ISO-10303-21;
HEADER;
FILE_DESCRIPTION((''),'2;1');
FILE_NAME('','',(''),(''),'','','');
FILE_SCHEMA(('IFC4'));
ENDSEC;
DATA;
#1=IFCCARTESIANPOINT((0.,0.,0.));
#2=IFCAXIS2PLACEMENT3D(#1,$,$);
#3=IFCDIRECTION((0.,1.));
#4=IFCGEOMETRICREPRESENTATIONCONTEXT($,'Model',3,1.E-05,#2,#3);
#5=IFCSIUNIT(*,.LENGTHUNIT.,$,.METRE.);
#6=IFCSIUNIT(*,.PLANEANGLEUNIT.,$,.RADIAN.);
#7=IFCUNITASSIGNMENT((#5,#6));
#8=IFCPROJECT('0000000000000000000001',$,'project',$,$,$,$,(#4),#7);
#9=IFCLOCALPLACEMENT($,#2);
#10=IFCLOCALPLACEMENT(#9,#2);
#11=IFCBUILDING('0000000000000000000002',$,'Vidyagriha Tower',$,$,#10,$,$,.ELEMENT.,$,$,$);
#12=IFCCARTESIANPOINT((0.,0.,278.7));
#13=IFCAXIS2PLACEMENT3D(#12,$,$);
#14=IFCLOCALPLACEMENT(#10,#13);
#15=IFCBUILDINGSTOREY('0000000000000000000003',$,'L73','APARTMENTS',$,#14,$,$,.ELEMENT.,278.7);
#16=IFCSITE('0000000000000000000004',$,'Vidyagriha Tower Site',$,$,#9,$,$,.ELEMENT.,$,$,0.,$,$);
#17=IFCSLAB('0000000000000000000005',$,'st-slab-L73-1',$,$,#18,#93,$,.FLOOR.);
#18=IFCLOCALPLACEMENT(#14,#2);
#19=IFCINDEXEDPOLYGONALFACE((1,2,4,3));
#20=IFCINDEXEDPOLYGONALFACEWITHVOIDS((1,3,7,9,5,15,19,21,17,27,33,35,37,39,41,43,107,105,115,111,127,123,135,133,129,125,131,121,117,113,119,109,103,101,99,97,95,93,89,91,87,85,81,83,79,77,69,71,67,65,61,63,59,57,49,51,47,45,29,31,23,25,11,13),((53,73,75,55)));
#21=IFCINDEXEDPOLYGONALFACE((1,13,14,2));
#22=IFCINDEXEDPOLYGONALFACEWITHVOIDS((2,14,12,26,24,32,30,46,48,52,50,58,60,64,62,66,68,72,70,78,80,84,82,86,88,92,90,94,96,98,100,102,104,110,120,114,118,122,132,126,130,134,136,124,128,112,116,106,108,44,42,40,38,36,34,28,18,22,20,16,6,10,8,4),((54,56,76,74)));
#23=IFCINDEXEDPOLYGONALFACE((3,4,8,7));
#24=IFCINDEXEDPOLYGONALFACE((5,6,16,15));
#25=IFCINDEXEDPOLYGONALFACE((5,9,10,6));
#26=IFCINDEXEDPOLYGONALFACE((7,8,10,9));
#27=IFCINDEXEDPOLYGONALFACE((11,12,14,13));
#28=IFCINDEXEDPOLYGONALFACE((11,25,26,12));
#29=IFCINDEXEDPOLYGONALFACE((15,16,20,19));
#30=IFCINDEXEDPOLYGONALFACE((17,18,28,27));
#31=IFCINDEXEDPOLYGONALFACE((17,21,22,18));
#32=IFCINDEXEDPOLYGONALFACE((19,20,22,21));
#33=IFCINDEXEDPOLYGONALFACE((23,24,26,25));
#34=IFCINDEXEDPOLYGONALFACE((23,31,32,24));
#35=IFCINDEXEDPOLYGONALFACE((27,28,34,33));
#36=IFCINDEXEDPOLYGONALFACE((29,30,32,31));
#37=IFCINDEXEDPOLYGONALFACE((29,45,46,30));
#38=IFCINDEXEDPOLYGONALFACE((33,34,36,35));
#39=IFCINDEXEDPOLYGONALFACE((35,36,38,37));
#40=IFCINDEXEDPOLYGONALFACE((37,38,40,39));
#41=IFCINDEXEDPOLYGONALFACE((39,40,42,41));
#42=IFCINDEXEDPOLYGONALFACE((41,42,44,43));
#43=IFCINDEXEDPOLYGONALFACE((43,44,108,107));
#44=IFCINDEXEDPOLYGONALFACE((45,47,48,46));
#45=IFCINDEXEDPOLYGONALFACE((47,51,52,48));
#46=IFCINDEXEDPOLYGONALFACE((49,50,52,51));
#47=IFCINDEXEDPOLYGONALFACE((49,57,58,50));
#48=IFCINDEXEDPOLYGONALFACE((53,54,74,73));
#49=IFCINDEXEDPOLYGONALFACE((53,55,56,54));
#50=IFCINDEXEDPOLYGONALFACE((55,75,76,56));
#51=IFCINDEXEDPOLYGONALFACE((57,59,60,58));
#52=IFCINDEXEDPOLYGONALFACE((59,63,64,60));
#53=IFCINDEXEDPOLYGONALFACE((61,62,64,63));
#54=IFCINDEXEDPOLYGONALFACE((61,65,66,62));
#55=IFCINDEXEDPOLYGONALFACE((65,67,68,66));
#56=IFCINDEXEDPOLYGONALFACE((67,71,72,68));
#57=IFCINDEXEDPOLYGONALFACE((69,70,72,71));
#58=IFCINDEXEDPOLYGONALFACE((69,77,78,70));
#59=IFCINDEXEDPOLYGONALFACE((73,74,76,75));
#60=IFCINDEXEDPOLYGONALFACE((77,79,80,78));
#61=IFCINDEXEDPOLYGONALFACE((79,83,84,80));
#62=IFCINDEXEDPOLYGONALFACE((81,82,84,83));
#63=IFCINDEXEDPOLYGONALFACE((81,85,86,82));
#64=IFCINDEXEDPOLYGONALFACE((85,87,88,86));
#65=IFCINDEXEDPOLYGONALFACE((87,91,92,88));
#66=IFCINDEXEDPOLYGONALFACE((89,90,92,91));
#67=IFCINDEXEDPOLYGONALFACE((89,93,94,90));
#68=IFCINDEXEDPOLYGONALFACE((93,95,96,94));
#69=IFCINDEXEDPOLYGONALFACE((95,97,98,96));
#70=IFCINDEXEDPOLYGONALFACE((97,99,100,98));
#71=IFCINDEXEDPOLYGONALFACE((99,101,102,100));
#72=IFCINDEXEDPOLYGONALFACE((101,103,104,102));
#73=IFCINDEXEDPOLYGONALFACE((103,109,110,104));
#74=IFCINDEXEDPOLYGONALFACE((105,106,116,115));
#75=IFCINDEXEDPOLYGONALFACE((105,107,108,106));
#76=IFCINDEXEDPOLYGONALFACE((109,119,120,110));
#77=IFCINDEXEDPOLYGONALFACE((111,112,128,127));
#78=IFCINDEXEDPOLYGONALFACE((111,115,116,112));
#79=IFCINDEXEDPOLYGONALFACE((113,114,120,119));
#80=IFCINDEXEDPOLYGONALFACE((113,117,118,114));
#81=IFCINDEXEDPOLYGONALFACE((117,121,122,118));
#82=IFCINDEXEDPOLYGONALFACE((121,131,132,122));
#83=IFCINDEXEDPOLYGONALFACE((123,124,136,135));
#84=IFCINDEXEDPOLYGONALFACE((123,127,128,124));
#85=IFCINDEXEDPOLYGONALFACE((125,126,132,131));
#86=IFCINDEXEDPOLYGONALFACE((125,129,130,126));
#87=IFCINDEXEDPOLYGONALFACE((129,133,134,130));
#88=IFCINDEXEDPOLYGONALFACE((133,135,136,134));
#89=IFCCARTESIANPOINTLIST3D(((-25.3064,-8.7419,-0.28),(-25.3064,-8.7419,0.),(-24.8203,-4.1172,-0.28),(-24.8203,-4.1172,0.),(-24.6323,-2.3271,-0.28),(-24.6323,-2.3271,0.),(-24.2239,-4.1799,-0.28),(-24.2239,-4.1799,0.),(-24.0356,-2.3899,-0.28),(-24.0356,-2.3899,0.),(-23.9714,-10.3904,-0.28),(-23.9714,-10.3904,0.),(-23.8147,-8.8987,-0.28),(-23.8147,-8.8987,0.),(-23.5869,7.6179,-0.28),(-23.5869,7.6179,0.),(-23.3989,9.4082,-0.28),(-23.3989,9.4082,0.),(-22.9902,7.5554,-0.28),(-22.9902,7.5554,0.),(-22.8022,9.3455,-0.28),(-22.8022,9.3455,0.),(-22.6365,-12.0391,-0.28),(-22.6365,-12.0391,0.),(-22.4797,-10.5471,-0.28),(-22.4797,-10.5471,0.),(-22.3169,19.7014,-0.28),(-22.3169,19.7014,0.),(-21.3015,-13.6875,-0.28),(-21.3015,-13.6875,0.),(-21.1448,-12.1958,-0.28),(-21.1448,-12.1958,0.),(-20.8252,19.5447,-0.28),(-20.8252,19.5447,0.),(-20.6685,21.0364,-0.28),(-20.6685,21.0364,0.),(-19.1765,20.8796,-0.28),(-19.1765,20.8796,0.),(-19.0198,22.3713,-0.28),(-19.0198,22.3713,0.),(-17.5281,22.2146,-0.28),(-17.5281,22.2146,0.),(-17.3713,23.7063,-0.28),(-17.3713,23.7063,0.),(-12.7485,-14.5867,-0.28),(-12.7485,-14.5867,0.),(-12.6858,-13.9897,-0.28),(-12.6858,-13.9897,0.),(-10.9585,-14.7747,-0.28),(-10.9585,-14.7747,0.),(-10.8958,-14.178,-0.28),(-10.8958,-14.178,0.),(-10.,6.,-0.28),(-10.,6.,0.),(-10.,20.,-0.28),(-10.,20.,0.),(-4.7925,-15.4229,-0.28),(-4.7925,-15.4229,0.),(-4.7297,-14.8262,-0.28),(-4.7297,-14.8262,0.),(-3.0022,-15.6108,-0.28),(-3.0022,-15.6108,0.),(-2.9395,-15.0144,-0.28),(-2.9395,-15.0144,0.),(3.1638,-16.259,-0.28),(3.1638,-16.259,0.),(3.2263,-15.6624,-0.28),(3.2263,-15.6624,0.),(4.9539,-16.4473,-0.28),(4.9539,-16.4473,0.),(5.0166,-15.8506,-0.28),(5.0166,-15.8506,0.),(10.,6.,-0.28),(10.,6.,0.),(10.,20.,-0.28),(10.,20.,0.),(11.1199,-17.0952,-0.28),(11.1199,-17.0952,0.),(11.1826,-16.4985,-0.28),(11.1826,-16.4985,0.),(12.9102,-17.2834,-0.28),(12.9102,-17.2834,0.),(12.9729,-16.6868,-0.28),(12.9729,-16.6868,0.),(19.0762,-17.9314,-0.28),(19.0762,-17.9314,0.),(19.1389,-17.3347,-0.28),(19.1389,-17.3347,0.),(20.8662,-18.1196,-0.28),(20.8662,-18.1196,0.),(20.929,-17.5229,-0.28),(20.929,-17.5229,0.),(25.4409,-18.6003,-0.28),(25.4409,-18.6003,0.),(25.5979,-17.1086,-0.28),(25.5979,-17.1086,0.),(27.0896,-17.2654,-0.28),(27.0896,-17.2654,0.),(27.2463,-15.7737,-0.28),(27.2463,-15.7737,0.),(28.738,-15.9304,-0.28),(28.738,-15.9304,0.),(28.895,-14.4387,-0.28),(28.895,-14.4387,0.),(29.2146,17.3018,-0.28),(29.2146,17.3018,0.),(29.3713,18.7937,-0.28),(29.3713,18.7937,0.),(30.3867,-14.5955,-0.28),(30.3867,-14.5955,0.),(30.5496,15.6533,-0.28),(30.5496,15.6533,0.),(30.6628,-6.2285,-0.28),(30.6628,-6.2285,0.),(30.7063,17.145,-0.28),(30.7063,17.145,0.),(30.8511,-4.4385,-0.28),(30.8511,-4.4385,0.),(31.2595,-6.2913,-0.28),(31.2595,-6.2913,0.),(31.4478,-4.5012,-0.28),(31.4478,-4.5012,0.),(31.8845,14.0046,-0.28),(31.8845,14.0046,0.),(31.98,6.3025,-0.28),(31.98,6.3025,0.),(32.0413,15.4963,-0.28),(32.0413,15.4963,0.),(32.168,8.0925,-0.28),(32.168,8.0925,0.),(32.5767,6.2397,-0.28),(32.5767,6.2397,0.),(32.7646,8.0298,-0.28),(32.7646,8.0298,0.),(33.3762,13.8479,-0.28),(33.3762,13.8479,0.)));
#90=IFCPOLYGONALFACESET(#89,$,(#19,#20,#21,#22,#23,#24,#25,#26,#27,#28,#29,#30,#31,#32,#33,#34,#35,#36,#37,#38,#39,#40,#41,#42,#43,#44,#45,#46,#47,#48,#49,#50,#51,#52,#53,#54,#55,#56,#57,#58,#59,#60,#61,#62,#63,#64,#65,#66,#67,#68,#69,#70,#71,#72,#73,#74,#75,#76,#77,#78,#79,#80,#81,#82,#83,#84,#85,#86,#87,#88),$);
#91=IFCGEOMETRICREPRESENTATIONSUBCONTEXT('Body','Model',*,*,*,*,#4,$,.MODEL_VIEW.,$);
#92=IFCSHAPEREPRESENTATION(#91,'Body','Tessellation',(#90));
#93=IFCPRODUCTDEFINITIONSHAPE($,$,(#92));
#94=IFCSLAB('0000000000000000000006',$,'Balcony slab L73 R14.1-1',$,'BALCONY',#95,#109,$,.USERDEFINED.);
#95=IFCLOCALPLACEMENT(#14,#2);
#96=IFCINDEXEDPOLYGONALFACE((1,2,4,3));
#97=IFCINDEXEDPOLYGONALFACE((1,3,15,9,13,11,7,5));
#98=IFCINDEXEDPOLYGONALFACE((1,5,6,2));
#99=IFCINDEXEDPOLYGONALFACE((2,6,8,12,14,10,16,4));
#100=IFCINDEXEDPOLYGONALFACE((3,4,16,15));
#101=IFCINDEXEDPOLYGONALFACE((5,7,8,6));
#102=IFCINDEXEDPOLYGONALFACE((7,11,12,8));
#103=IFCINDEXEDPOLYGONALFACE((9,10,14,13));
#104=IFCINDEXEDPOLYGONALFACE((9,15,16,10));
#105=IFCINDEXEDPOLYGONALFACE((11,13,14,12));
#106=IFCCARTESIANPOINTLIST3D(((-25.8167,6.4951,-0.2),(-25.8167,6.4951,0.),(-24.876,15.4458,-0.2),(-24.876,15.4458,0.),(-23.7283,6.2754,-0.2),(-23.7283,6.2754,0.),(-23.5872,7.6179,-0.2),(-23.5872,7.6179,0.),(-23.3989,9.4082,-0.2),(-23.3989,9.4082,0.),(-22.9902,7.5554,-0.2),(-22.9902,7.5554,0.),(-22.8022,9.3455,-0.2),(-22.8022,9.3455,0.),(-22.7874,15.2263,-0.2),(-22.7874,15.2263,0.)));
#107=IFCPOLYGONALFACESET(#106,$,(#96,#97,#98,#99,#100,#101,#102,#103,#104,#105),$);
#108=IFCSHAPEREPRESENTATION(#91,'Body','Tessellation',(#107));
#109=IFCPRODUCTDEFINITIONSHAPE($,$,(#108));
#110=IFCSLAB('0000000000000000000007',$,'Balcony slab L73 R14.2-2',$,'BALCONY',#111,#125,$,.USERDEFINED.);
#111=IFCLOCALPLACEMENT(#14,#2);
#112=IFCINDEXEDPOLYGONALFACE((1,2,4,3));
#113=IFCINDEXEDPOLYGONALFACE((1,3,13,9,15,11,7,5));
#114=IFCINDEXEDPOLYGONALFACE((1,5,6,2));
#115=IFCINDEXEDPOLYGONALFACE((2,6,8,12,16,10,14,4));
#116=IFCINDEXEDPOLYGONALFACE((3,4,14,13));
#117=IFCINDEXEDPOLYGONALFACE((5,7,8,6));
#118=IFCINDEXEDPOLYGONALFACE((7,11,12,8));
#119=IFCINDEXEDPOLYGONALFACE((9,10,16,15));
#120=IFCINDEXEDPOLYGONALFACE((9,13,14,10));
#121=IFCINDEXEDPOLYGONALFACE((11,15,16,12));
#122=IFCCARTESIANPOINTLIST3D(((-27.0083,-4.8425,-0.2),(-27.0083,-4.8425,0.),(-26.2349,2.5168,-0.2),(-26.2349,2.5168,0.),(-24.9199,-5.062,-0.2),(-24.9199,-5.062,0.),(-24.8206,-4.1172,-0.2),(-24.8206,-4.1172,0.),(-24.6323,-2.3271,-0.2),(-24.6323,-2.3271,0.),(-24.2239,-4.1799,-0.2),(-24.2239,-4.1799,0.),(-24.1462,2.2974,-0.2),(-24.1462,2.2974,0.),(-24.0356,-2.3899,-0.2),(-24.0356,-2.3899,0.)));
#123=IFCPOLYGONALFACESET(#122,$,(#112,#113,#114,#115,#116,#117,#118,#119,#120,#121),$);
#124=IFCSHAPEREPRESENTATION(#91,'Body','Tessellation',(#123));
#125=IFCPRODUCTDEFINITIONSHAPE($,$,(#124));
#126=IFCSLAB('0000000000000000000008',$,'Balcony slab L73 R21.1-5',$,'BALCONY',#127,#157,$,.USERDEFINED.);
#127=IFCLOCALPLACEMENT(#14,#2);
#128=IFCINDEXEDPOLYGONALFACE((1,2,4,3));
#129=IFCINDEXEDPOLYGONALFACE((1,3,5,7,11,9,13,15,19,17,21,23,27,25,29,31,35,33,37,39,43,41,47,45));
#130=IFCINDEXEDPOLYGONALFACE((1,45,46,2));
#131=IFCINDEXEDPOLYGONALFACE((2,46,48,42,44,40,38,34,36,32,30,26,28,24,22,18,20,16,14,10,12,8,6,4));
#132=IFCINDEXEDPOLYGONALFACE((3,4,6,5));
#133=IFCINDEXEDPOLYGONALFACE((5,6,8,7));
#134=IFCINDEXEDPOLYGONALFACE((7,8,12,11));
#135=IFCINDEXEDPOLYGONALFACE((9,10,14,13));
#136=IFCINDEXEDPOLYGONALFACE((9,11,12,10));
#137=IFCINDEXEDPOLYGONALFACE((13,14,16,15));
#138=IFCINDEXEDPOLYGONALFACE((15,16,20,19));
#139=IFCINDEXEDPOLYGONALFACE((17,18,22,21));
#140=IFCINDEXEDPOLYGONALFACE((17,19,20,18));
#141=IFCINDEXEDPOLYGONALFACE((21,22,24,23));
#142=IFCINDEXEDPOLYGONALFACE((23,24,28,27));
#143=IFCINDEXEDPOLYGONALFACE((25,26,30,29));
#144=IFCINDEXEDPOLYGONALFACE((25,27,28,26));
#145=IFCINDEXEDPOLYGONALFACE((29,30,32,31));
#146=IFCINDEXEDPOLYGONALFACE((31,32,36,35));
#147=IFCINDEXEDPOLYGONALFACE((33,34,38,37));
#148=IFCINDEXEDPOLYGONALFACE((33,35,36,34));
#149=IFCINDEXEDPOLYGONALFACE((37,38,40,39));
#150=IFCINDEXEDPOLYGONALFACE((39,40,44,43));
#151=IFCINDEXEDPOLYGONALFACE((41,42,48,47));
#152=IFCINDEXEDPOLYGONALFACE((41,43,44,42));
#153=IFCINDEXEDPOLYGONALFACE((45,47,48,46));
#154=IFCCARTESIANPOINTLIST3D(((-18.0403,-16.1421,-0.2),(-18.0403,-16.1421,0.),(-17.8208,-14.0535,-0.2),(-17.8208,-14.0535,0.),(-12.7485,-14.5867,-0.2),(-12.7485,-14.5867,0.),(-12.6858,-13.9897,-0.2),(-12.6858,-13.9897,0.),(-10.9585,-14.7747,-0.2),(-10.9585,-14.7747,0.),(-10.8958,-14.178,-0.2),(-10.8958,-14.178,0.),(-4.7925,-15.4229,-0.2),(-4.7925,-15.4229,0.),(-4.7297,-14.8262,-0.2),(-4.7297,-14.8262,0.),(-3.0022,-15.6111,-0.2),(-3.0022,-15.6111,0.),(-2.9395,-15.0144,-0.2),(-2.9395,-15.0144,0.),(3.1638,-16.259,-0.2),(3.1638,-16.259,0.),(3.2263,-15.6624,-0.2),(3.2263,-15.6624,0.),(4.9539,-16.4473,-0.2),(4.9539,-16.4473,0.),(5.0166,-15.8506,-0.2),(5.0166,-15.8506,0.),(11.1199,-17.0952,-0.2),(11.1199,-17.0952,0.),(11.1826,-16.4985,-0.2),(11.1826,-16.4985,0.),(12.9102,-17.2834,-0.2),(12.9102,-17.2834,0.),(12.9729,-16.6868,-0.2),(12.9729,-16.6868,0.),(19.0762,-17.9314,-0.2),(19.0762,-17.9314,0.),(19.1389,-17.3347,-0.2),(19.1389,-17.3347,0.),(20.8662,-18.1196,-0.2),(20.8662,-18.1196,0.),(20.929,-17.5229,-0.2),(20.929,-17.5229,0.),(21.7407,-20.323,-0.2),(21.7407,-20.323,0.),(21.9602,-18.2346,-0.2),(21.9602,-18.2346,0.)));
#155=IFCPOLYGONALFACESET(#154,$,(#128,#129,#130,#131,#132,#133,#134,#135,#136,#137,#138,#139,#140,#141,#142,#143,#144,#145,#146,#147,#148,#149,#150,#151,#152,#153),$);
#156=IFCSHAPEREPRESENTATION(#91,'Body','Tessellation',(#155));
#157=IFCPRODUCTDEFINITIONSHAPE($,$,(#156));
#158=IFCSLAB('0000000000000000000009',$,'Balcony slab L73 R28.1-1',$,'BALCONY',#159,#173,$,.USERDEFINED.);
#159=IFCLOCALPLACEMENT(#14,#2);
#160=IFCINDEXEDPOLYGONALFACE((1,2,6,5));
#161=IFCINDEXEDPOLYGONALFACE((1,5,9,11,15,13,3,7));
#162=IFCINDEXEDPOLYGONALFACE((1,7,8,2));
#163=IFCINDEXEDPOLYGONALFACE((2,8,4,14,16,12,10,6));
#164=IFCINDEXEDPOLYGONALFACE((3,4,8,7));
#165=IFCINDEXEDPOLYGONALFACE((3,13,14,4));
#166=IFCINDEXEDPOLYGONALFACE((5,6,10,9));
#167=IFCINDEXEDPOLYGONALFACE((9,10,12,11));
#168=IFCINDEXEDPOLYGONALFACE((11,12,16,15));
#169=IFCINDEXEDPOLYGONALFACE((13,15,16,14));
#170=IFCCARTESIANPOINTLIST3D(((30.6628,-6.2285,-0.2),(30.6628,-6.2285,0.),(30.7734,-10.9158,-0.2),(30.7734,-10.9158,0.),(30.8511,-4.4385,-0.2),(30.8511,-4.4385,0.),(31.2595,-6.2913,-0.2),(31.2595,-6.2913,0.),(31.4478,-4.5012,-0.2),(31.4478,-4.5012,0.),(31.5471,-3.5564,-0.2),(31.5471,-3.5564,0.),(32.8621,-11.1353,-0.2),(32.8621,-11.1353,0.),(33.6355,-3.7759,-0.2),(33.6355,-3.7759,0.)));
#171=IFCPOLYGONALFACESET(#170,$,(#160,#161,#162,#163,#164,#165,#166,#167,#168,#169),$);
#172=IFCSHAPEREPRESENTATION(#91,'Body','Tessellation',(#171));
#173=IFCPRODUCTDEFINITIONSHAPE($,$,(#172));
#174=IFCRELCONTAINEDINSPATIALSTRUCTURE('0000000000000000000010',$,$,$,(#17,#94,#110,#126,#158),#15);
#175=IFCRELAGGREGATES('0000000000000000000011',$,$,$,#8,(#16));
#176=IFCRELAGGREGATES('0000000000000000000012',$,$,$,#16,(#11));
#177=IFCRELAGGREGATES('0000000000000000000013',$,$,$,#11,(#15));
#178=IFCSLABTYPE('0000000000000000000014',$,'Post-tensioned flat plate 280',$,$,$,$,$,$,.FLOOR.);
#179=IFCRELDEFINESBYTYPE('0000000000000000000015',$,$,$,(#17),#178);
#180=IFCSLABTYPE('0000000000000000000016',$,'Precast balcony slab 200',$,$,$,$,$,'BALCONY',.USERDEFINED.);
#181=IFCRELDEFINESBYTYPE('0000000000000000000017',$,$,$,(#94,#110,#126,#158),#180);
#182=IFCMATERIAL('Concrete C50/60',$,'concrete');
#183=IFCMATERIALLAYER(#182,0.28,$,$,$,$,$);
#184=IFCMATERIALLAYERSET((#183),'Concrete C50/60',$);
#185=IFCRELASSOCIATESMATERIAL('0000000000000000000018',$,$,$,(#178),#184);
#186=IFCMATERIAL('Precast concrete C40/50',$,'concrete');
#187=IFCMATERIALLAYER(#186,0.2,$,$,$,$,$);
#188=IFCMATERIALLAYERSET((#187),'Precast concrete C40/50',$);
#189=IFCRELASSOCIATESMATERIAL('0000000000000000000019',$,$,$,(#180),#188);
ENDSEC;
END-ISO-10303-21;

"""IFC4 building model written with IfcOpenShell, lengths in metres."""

from ifc_helpers import new_model, si_unit, direction, frame, origin, place, context, subcontext, project, spatial, polyline, outline, extrude, material, layer, layer_set, type_object, element, save


model = new_model("IFC4")

# Units and contexts
model_context = context("Model", 3, precision=1e-05, world=origin(), true_north=direction((0.0, 1.0)))
body_context = subcontext(model_context, "Body", "Model", "MODEL_VIEW")
ifc_project = project(units=[si_unit("LENGTHUNIT", "METRE"), si_unit("PLANEANGLEUNIT", "RADIAN")], contexts=[model_context])

# Site, building, storey
site_placement = place(None, origin())
site = spatial("IfcSite", under=ifc_project, at=site_placement, Name="Vidyagriha Tower Site", CompositionType="ELEMENT", RefElevation=0.0)
building_placement = place(site_placement, origin())
building = spatial("IfcBuilding", under=site, at=building_placement, Name="Vidyagriha Tower", CompositionType="ELEMENT")
storey_placement = place(building_placement, frame((0.0, 0.0, 278.7)))
storey = spatial("IfcBuildingStorey", under=building, at=storey_placement, Name="L73", Description="APARTMENTS", CompositionType="ELEMENT", Elevation=278.7)

# Slabs
ifc_material_1 = material(Name="Concrete C50/60", Category="concrete")
ifc_layer_1 = layer(ifc_material_1, 0.28)
ifc_layer_set_1 = layer_set([ifc_layer_1], Name="Concrete C50/60")
slab_type_1 = type_object("IfcSlabType", Name="Post-tensioned flat plate 280", PredefinedType="FLOOR", material=ifc_layer_set_1)
slab_1_placement = place(storey_placement, frame((0.0, 0.0, -0.28)))
element("IfcSlab", 1, at=slab_1_placement, inside=storey, type_object=slab_type_1, Name="st-slab-L73-1", PredefinedType="FLOOR", context=body_context, shape_type="SweptSolid", body=[
    extrude(outline(polyline([(28.738, -15.9304), (27.2463, -15.7737), (27.0896, -17.2654), (25.5979, -17.1086), (25.4409, -18.6003), (20.8662, -18.1196), (20.929, -17.5229), (19.1389, -17.3347), (19.0762, -17.9314), (12.9102, -17.2834), (12.9729, -16.6868), (11.1826, -16.4985), (11.1199, -17.0952), (4.9539, -16.4473), (5.0166, -15.8506), (3.2263, -15.6624), (3.1638, -16.259), (-3.0022, -15.6108), (-2.9395, -15.0144), (-4.7297, -14.8262), (-4.7925, -15.4229), (-10.9585, -14.7747), (-10.8958, -14.178), (-12.6858, -13.9897), (-12.7485, -14.5867), (-21.3015, -13.6875), (-21.1448, -12.1958), (-22.6365, -12.0391), (-22.4797, -10.5471), (-23.9714, -10.3904), (-23.8147, -8.8987), (-25.3064, -8.7419), (-24.8203, -4.1172), (-24.2239, -4.1799), (-24.0356, -2.3899), (-24.6323, -2.3271), (-23.5869, 7.6179), (-22.9902, 7.5554), (-22.8022, 9.3455), (-23.3989, 9.4082), (-22.3169, 19.7014), (-20.8252, 19.5447), (-20.6685, 21.0364), (-19.1765, 20.8796), (-19.0198, 22.3713), (-17.5281, 22.2146), (-17.3713, 23.7063), (29.3713, 18.7937), (29.2146, 17.3018), (30.7063, 17.145), (30.5496, 15.6533), (32.0413, 15.4963), (31.8845, 14.0046), (33.3762, 13.8479), (32.7646, 8.0298), (32.168, 8.0925), (31.98, 6.3025), (32.5767, 6.2397), (31.4478, -4.5012), (30.8511, -4.4385), (30.6628, -6.2285), (31.2595, -6.2913), (30.3867, -14.5955), (28.895, -14.4387), (28.738, -15.9304)]), holes=[polyline([(-10.0, 20.0), (-10.0, 6.0), (10.0, 6.0), (10.0, 20.0), (-10.0, 20.0)])]), origin(), (0.0, 0.0, 1.0), 0.28),
])
ifc_material_2 = material(Name="Precast concrete C40/50", Category="concrete")
ifc_layer_2 = layer(ifc_material_2, 0.2)
ifc_layer_set_2 = layer_set([ifc_layer_2], Name="Precast concrete C40/50")
slab_type_2 = type_object("IfcSlabType", Name="Precast balcony slab 200", ElementType="BALCONY", PredefinedType="USERDEFINED", material=ifc_layer_set_2)
slab_2_placement = place(storey_placement, frame((0.0, 0.0, -0.2)))
element("IfcSlab", 2, at=slab_2_placement, inside=storey, type_object=slab_type_2, Name="Balcony slab L73 R14.1-1", ObjectType="BALCONY", PredefinedType="USERDEFINED", context=body_context, shape_type="SweptSolid", body=[
    extrude(outline(polyline([(-22.9902, 7.5554), (-22.8022, 9.3455), (-23.3989, 9.4082), (-22.7874, 15.2263), (-24.876, 15.4458), (-25.8167, 6.4951), (-23.7283, 6.2754), (-23.5872, 7.6179), (-22.9902, 7.5554)])), origin(), (0.0, 0.0, 1.0), 0.2),
])
slab_3_placement = place(storey_placement, frame((0.0, 0.0, -0.2)))
element("IfcSlab", 3, at=slab_3_placement, inside=storey, type_object=slab_type_2, Name="Balcony slab L73 R14.2-2", ObjectType="BALCONY", PredefinedType="USERDEFINED", context=body_context, shape_type="SweptSolid", body=[
    extrude(outline(polyline([(-24.2239, -4.1799), (-24.0356, -2.3899), (-24.6323, -2.3271), (-24.1462, 2.2974), (-26.2349, 2.5168), (-27.0083, -4.8425), (-24.9199, -5.062), (-24.8206, -4.1172), (-24.2239, -4.1799)])), origin(), (0.0, 0.0, 1.0), 0.2),
])
slab_4_placement = place(storey_placement, frame((0.0, 0.0, -0.2)))
element("IfcSlab", 4, at=slab_4_placement, inside=storey, type_object=slab_type_2, Name="Balcony slab L73 R21.1-5", ObjectType="BALCONY", PredefinedType="USERDEFINED", context=body_context, shape_type="SweptSolid", body=[
    extrude(outline(polyline([(20.8662, -18.1196), (20.929, -17.5229), (19.1389, -17.3347), (19.0762, -17.9314), (12.9102, -17.2834), (12.9729, -16.6868), (11.1826, -16.4985), (11.1199, -17.0952), (4.9539, -16.4473), (5.0166, -15.8506), (3.2263, -15.6624), (3.1638, -16.259), (-3.0022, -15.6111), (-2.9395, -15.0144), (-4.7297, -14.8262), (-4.7925, -15.4229), (-10.9585, -14.7747), (-10.8958, -14.178), (-12.6858, -13.9897), (-12.7485, -14.5867), (-17.8208, -14.0535), (-18.0403, -16.1421), (21.7407, -20.323), (21.9602, -18.2346), (20.8662, -18.1196)])), origin(), (0.0, 0.0, 1.0), 0.2),
])
slab_5_placement = place(storey_placement, frame((0.0, 0.0, -0.2)))
element("IfcSlab", 5, at=slab_5_placement, inside=storey, type_object=slab_type_2, Name="Balcony slab L73 R28.1-1", ObjectType="BALCONY", PredefinedType="USERDEFINED", context=body_context, shape_type="SweptSolid", body=[
    extrude(outline(polyline([(31.2595, -6.2913), (30.7734, -10.9158), (32.8621, -11.1353), (33.6355, -3.7759), (31.5471, -3.5564), (31.4478, -4.5012), (30.8511, -4.4385), (30.6628, -6.2285), (31.2595, -6.2913)])), origin(), (0.0, 0.0, 1.0), 0.2),
])

save(model, "model.ifc")
